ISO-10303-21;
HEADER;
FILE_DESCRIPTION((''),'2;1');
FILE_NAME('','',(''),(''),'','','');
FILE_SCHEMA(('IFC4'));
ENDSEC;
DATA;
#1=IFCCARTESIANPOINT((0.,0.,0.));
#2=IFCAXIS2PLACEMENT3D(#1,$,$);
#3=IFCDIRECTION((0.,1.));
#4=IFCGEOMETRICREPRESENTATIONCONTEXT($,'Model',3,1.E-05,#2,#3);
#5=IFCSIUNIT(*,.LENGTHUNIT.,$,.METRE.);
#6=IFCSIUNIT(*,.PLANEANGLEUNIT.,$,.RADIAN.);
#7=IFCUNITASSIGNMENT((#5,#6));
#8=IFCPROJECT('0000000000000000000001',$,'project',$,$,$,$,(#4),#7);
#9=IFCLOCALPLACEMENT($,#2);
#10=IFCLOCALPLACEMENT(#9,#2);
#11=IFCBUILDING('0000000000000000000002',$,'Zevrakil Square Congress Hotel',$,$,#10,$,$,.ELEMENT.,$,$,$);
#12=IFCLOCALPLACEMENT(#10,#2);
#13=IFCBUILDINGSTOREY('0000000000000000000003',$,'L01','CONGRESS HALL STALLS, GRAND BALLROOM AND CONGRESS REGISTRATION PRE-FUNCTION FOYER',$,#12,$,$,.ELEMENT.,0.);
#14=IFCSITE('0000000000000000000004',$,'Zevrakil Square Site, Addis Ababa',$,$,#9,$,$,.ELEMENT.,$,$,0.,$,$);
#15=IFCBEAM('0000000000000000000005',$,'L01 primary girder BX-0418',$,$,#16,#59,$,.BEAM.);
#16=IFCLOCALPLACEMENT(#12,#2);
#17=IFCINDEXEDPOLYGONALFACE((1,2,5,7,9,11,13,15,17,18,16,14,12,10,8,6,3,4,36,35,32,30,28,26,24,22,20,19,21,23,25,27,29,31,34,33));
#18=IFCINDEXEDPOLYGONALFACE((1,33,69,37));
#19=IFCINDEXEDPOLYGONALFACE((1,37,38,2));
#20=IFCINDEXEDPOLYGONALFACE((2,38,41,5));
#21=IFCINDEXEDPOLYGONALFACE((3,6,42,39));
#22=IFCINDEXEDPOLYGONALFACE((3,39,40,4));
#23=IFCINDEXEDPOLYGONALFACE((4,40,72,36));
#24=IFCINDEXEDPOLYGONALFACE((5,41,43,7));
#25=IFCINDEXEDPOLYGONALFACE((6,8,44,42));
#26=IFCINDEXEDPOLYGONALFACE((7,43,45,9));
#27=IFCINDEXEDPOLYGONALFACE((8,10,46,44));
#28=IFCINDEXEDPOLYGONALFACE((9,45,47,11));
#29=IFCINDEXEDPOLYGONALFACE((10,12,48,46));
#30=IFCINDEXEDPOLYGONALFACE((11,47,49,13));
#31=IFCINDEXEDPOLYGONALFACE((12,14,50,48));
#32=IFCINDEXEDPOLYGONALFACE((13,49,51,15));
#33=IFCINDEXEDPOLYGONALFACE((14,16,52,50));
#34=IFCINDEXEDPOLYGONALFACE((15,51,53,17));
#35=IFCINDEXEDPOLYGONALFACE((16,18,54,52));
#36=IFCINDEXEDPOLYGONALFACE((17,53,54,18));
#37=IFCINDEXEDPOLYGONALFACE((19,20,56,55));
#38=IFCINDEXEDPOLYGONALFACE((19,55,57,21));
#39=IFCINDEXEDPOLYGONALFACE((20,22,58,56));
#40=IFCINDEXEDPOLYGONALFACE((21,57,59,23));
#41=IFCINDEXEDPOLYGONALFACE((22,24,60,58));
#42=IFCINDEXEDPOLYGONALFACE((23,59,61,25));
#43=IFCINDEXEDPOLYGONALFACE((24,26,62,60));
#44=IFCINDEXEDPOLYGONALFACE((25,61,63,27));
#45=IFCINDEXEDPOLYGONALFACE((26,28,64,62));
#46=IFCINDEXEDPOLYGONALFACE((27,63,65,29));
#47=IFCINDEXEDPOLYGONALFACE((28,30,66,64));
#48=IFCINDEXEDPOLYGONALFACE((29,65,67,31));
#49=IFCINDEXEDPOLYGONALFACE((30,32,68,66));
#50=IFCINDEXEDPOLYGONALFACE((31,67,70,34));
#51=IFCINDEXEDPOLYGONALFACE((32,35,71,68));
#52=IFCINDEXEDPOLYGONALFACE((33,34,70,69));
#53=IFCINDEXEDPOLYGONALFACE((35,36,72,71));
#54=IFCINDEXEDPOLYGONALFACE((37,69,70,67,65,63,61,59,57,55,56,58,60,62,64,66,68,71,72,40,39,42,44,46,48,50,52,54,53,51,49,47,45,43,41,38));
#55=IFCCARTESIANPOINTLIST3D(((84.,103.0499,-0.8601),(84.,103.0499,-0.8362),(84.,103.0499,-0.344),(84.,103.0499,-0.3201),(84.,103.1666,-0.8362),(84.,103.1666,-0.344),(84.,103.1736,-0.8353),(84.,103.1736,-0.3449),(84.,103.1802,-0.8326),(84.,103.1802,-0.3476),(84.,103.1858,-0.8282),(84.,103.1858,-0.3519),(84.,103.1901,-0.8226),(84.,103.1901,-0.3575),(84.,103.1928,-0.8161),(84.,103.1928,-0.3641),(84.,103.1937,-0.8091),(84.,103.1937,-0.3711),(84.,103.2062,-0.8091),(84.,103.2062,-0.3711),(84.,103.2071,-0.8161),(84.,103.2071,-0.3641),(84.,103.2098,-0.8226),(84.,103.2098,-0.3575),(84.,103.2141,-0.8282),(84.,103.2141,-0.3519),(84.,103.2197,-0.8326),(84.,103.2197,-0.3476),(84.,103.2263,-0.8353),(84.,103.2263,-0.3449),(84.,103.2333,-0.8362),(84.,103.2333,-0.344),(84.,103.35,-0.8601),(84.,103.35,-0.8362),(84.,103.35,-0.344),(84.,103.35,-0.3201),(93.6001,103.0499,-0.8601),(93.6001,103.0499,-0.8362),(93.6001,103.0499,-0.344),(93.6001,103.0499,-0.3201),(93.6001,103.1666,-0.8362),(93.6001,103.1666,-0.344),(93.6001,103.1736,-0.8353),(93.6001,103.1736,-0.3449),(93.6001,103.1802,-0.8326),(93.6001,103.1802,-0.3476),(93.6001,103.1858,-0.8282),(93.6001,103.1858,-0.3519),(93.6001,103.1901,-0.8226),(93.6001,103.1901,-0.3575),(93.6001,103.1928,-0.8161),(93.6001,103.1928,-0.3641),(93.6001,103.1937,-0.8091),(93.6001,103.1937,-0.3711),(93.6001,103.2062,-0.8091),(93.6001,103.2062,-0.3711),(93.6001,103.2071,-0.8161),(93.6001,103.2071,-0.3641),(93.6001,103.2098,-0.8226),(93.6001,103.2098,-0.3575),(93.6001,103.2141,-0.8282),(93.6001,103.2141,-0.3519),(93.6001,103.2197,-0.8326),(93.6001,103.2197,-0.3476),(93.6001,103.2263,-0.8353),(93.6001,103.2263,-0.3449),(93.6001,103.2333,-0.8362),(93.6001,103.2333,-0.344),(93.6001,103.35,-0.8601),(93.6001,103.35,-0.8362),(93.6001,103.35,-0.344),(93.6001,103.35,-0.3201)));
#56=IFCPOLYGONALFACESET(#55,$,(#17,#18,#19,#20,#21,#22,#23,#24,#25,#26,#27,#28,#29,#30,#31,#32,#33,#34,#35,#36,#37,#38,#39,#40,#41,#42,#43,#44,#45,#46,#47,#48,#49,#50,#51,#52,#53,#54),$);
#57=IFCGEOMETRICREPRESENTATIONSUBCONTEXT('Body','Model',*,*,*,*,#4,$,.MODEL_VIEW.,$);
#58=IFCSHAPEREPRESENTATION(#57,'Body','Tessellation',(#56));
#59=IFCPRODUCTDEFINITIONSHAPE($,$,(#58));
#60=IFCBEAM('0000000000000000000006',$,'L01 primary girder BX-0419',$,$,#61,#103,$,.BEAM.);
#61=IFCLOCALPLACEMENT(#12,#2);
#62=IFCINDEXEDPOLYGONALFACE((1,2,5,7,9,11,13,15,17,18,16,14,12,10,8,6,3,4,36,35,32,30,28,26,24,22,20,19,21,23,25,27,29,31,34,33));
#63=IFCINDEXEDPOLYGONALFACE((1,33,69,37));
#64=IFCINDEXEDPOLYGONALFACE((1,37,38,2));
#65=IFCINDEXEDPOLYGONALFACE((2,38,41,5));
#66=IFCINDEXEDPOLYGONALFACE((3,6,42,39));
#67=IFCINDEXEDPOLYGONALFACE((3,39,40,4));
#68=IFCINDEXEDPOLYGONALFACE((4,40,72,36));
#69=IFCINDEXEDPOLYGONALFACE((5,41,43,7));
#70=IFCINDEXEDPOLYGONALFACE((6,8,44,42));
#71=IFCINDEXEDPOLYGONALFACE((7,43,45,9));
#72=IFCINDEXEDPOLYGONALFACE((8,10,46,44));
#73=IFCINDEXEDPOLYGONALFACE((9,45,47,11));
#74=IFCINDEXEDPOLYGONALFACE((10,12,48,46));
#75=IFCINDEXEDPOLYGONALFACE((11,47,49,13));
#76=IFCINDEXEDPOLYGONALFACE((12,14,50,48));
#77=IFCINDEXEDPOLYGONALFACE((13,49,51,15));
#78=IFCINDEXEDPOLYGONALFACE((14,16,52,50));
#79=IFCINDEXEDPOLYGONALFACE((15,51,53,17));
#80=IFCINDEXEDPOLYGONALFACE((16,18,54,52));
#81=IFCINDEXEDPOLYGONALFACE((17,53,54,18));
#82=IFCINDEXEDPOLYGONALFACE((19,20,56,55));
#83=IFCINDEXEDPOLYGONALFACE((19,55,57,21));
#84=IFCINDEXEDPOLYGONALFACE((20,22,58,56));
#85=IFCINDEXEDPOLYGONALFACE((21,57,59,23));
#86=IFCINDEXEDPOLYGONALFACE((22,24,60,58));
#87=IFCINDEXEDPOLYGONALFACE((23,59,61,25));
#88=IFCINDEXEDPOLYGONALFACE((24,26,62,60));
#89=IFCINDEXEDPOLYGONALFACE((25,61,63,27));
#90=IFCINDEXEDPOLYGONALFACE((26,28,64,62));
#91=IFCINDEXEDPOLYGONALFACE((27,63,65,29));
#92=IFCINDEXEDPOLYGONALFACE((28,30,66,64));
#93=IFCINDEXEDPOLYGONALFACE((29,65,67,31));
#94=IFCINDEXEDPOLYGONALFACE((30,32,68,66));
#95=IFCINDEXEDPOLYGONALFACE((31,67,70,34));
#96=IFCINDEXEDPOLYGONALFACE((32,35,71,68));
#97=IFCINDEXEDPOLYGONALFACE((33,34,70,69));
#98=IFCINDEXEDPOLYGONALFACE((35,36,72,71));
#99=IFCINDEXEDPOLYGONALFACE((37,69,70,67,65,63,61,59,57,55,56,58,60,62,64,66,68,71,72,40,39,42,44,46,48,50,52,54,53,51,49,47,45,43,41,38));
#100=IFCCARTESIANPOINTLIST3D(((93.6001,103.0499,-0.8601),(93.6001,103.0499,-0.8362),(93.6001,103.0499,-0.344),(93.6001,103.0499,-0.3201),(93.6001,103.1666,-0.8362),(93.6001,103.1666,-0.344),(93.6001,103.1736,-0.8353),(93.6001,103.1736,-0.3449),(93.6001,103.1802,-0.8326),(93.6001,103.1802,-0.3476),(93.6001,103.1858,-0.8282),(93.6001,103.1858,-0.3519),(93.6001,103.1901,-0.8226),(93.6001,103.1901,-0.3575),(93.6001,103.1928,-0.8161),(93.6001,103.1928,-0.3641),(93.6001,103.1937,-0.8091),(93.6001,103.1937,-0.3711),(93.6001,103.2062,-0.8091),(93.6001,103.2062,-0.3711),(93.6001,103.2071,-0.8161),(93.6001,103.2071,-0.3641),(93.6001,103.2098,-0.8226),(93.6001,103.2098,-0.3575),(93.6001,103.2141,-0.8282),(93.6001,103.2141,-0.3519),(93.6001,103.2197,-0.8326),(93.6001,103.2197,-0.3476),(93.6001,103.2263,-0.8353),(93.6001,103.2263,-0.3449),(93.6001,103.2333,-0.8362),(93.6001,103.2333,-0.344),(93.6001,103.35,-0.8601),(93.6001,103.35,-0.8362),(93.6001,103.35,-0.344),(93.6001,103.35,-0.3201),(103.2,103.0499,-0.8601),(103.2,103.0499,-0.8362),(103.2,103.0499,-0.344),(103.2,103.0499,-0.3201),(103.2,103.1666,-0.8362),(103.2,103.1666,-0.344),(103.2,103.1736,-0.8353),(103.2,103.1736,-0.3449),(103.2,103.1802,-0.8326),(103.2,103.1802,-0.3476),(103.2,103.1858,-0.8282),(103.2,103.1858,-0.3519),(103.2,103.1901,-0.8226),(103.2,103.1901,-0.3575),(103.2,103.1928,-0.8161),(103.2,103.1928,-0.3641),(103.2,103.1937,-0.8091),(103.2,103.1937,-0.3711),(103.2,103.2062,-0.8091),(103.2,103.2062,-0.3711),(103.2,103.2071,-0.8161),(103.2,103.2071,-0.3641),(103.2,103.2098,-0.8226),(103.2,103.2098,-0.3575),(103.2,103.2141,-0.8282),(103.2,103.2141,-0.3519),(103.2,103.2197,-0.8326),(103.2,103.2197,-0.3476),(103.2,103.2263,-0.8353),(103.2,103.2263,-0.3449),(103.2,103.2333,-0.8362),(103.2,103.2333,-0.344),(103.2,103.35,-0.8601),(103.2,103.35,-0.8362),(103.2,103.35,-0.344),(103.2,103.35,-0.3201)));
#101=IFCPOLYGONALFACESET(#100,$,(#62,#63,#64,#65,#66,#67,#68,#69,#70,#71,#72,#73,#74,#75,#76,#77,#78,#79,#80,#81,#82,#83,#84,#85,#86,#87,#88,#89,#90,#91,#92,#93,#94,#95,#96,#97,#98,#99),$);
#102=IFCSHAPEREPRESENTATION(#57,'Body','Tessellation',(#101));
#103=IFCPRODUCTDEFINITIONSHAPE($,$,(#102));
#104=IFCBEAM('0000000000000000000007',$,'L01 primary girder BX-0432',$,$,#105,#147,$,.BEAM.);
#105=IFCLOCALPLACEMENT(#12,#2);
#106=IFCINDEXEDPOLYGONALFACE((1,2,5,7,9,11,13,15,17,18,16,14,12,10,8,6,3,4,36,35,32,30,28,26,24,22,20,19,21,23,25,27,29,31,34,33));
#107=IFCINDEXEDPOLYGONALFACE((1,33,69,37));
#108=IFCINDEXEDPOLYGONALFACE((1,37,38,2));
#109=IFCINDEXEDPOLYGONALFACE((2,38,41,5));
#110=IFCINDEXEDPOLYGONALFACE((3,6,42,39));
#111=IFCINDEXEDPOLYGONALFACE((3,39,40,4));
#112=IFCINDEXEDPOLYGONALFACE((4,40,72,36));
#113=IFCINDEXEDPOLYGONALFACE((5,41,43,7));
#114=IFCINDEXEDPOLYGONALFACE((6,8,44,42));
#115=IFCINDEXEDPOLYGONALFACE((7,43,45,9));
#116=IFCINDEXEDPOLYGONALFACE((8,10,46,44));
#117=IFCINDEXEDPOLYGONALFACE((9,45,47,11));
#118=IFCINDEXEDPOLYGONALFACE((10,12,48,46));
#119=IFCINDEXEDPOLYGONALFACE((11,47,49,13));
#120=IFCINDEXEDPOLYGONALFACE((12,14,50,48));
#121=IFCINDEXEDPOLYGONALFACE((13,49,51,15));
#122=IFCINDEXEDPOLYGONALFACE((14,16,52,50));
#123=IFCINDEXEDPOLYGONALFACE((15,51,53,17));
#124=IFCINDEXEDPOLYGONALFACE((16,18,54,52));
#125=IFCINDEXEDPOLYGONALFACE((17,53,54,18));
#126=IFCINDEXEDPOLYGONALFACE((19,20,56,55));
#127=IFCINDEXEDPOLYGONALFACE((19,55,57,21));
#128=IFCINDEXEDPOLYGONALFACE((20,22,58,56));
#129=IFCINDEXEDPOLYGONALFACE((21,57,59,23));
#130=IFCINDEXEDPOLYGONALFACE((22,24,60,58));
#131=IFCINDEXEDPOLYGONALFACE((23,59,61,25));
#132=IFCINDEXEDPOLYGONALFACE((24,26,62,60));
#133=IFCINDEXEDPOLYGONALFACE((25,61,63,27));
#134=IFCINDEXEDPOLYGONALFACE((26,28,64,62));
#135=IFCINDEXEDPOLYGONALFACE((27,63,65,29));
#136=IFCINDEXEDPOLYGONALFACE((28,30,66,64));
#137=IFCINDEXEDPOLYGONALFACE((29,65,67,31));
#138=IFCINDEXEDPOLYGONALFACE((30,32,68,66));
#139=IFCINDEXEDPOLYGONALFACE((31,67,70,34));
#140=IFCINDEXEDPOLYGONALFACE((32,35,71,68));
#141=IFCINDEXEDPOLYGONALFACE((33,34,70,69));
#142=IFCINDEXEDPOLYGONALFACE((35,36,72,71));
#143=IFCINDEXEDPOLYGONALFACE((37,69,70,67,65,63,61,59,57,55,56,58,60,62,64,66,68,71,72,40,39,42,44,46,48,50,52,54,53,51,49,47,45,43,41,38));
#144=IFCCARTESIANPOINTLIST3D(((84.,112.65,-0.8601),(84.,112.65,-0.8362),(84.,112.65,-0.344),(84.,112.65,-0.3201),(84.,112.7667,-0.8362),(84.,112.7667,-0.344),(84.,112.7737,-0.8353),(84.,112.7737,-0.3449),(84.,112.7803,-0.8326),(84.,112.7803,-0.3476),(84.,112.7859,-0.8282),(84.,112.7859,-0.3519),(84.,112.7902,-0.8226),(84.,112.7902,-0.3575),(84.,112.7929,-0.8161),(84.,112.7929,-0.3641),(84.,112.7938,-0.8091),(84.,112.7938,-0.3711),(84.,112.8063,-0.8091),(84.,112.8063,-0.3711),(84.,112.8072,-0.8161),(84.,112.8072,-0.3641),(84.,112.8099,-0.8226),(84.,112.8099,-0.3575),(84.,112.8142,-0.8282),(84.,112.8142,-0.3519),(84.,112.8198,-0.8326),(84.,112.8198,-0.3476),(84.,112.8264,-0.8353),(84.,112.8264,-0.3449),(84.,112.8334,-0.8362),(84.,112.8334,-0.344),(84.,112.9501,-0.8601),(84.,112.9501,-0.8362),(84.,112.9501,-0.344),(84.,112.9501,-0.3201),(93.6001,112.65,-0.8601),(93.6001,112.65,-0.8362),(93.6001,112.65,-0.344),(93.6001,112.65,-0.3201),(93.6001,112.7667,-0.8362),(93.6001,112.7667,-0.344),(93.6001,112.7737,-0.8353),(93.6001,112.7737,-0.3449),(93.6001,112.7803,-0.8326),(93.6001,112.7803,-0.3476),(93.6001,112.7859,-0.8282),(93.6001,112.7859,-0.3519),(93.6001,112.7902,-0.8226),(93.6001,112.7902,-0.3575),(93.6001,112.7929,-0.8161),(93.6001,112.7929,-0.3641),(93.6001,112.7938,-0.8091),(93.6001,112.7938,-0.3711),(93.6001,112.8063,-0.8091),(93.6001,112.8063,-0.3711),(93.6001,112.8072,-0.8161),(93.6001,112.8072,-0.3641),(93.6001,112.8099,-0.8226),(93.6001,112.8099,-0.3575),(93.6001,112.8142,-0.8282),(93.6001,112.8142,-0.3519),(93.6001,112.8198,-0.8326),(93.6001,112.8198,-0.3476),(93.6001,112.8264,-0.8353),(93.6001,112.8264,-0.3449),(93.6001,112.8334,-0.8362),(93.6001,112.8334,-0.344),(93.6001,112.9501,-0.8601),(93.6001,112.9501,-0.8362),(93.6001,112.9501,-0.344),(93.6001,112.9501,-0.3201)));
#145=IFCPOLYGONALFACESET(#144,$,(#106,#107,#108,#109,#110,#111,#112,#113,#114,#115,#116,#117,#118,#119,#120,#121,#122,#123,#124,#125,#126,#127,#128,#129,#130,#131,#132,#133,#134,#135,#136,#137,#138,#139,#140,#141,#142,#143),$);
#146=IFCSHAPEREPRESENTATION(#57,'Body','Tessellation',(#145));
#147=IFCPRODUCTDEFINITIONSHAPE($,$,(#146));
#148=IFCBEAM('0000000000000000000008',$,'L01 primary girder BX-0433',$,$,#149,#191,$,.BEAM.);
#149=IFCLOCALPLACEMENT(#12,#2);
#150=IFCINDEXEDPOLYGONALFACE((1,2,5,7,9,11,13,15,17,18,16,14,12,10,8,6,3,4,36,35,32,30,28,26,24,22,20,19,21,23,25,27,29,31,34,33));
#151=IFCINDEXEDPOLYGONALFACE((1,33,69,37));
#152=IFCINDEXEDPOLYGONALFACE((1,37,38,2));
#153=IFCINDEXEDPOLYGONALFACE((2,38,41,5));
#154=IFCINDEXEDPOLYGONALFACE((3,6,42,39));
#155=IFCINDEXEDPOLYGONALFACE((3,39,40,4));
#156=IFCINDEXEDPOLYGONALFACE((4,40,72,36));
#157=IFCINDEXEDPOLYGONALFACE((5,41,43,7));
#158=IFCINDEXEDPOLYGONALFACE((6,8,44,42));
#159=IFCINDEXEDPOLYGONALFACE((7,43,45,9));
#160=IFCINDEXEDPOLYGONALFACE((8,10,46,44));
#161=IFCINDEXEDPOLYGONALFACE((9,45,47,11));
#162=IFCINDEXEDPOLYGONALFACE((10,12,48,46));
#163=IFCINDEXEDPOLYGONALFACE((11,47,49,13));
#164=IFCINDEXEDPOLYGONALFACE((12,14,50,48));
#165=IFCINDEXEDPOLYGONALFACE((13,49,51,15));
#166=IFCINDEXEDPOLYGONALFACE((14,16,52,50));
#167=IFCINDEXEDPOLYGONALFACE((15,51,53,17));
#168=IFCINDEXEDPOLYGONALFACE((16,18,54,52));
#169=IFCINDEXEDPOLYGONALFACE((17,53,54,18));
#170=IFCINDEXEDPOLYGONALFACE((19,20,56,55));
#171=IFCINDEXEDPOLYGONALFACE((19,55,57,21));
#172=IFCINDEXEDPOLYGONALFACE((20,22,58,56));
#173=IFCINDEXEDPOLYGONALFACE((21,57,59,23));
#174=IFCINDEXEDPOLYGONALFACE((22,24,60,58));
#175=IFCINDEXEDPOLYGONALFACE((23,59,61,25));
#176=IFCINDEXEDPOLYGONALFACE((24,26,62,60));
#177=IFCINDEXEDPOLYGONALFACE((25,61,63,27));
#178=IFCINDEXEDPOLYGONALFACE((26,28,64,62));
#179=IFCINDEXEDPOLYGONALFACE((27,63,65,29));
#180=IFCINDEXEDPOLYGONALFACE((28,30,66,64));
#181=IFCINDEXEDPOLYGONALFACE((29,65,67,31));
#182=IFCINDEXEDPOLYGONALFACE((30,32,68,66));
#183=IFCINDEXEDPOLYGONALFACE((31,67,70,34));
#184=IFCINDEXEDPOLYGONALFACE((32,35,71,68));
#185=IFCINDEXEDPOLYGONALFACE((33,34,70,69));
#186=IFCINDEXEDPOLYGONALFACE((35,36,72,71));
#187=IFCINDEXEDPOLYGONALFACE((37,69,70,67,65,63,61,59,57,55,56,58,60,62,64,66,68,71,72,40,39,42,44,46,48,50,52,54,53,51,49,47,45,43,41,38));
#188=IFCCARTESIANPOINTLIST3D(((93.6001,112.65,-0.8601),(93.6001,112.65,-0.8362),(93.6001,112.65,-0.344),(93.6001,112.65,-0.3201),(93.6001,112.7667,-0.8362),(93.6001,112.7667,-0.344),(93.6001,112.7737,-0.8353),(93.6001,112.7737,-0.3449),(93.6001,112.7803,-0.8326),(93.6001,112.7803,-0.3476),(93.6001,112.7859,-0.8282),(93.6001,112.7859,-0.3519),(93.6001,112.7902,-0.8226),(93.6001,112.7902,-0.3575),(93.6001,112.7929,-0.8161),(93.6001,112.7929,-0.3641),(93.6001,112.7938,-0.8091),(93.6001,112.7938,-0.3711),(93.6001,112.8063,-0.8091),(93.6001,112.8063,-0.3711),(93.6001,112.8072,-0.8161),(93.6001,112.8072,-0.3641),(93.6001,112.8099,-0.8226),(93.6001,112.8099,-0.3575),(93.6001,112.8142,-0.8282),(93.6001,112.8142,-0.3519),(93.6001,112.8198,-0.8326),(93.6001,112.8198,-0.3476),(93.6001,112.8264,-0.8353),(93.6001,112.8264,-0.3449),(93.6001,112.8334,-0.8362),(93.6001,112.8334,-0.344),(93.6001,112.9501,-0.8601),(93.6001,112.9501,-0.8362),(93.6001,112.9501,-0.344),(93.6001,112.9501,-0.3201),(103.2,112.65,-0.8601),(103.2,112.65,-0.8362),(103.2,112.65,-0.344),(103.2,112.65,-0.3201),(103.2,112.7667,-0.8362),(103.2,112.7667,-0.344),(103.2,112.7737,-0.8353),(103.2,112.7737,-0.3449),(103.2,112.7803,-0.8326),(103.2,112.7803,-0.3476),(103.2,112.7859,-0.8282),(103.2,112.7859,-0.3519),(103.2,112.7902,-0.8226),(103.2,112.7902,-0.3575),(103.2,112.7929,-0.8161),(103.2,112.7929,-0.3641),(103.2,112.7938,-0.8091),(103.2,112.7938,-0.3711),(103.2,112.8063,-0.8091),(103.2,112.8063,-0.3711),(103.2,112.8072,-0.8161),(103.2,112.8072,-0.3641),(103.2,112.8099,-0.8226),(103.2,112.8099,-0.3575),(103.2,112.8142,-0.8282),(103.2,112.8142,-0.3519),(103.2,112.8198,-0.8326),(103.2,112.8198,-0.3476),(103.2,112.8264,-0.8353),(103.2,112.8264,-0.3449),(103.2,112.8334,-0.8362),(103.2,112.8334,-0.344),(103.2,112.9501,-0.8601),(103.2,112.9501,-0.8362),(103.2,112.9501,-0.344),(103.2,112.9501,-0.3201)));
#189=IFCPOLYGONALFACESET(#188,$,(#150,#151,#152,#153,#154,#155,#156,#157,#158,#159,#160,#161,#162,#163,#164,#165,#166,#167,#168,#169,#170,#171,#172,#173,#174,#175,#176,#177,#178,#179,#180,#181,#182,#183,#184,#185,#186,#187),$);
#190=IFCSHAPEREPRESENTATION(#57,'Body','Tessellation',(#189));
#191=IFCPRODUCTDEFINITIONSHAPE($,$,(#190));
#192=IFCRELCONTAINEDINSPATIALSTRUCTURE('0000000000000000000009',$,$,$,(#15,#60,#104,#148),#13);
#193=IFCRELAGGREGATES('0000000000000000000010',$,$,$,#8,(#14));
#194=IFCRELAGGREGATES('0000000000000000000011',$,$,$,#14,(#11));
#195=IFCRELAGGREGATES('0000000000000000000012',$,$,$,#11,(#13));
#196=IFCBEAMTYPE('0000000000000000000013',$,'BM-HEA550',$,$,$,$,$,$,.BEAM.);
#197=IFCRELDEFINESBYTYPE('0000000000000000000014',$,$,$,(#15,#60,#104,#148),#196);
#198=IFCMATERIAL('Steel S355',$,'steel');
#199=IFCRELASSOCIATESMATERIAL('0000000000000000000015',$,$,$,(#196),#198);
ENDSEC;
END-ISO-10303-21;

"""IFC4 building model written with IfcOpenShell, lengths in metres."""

from ifc_helpers import new_model, si_unit, direction, frame, origin, origin_2d, place, context, subcontext, project, spatial, i_section, extrude, material, material_profile, profile_set, type_object, element, save


model = new_model("IFC4")

# Units and contexts
model_context = context("Model", 3, precision=1e-05, world=origin(), true_north=direction((0.0, 1.0)))
body_context = subcontext(model_context, "Body", "Model", "MODEL_VIEW")
ifc_project = project(units=[si_unit("LENGTHUNIT", "METRE"), si_unit("PLANEANGLEUNIT", "RADIAN")], contexts=[model_context])

# Site, building, storey
site_placement = place(None, origin())
site = spatial("IfcSite", under=ifc_project, at=site_placement, Name="Zevrakil Square Site, Addis Ababa", CompositionType="ELEMENT", RefElevation=0.0)
building_placement = place(site_placement, origin())
building = spatial("IfcBuilding", under=site, at=building_placement, Name="Zevrakil Square Congress Hotel", CompositionType="ELEMENT")
storey_placement = place(building_placement, origin())
storey = spatial("IfcBuildingStorey", under=building, at=storey_placement, Name="L01", Description="CONGRESS HALL STALLS, GRAND BALLROOM AND CONGRESS REGISTRATION PRE-FUNCTION FOYER", CompositionType="ELEMENT", Elevation=0.0)

# Beams
ifc_material_1 = material(Name="Steel S355", Category="steel")
ifc_material_profile_1 = material_profile(ifc_material_1, i_section(OverallWidth=0.3, OverallDepth=0.54, WebThickness=0.0125, FlangeThickness=0.0239, FilletRadius=0.0271, at=origin_2d()), Name="HEA 550")
ifc_profile_set_1 = profile_set([ifc_material_profile_1], Name="Steel S355")
beam_type_1 = type_object("IfcBeamType", Name="BM-HEA550", PredefinedType="BEAM", material=ifc_profile_set_1)
beam_1_placement = place(storey_placement, frame((84.0, 103.2, -0.5901), z_axis=(1.0, 0.0, 0.0), x_axis=(0.0, 1.0, 0.0)))
element("IfcBeam", 1, at=beam_1_placement, inside=storey, type_object=beam_type_1, Name="L01 primary girder BX-0418", PredefinedType="BEAM", context=body_context, shape_type="SweptSolid", body=[
    extrude(i_section(OverallWidth=0.3, OverallDepth=0.54, WebThickness=0.0125, FlangeThickness=0.0239, FilletRadius=0.0271, at=origin_2d()), origin(), (0.0, 0.0, 1.0), 9.6001),
])
beam_2_placement = place(storey_placement, frame((93.6001, 103.2, -0.5901), z_axis=(1.0, 0.0, 0.0), x_axis=(0.0, 1.0, 0.0)))
element("IfcBeam", 2, at=beam_2_placement, inside=storey, type_object=beam_type_1, Name="L01 primary girder BX-0419", PredefinedType="BEAM", context=body_context, shape_type="SweptSolid", body=[
    extrude(i_section(OverallWidth=0.3, OverallDepth=0.54, WebThickness=0.0125, FlangeThickness=0.0239, FilletRadius=0.0271, at=origin_2d()), origin(), (0.0, 0.0, 1.0), 9.5999),
])
beam_3_placement = place(storey_placement, frame((84.0, 112.8, -0.5901), z_axis=(1.0, 0.0, 0.0), x_axis=(0.0, 1.0, 0.0)))
element("IfcBeam", 3, at=beam_3_placement, inside=storey, type_object=beam_type_1, Name="L01 primary girder BX-0432", PredefinedType="BEAM", context=body_context, shape_type="SweptSolid", body=[
    extrude(i_section(OverallWidth=0.3, OverallDepth=0.54, WebThickness=0.0125, FlangeThickness=0.0239, FilletRadius=0.0271, at=origin_2d()), origin(), (0.0, 0.0, 1.0), 9.6001),
])
beam_4_placement = place(storey_placement, frame((93.6001, 112.8, -0.5901), z_axis=(1.0, 0.0, 0.0), x_axis=(0.0, 1.0, 0.0)))
element("IfcBeam", 4, at=beam_4_placement, inside=storey, type_object=beam_type_1, Name="L01 primary girder BX-0433", PredefinedType="BEAM", context=body_context, shape_type="SweptSolid", body=[
    extrude(i_section(OverallWidth=0.3, OverallDepth=0.54, WebThickness=0.0125, FlangeThickness=0.0239, FilletRadius=0.0271, at=origin_2d()), origin(), (0.0, 0.0, 1.0), 9.5999),
])

save(model, "model.ifc")
